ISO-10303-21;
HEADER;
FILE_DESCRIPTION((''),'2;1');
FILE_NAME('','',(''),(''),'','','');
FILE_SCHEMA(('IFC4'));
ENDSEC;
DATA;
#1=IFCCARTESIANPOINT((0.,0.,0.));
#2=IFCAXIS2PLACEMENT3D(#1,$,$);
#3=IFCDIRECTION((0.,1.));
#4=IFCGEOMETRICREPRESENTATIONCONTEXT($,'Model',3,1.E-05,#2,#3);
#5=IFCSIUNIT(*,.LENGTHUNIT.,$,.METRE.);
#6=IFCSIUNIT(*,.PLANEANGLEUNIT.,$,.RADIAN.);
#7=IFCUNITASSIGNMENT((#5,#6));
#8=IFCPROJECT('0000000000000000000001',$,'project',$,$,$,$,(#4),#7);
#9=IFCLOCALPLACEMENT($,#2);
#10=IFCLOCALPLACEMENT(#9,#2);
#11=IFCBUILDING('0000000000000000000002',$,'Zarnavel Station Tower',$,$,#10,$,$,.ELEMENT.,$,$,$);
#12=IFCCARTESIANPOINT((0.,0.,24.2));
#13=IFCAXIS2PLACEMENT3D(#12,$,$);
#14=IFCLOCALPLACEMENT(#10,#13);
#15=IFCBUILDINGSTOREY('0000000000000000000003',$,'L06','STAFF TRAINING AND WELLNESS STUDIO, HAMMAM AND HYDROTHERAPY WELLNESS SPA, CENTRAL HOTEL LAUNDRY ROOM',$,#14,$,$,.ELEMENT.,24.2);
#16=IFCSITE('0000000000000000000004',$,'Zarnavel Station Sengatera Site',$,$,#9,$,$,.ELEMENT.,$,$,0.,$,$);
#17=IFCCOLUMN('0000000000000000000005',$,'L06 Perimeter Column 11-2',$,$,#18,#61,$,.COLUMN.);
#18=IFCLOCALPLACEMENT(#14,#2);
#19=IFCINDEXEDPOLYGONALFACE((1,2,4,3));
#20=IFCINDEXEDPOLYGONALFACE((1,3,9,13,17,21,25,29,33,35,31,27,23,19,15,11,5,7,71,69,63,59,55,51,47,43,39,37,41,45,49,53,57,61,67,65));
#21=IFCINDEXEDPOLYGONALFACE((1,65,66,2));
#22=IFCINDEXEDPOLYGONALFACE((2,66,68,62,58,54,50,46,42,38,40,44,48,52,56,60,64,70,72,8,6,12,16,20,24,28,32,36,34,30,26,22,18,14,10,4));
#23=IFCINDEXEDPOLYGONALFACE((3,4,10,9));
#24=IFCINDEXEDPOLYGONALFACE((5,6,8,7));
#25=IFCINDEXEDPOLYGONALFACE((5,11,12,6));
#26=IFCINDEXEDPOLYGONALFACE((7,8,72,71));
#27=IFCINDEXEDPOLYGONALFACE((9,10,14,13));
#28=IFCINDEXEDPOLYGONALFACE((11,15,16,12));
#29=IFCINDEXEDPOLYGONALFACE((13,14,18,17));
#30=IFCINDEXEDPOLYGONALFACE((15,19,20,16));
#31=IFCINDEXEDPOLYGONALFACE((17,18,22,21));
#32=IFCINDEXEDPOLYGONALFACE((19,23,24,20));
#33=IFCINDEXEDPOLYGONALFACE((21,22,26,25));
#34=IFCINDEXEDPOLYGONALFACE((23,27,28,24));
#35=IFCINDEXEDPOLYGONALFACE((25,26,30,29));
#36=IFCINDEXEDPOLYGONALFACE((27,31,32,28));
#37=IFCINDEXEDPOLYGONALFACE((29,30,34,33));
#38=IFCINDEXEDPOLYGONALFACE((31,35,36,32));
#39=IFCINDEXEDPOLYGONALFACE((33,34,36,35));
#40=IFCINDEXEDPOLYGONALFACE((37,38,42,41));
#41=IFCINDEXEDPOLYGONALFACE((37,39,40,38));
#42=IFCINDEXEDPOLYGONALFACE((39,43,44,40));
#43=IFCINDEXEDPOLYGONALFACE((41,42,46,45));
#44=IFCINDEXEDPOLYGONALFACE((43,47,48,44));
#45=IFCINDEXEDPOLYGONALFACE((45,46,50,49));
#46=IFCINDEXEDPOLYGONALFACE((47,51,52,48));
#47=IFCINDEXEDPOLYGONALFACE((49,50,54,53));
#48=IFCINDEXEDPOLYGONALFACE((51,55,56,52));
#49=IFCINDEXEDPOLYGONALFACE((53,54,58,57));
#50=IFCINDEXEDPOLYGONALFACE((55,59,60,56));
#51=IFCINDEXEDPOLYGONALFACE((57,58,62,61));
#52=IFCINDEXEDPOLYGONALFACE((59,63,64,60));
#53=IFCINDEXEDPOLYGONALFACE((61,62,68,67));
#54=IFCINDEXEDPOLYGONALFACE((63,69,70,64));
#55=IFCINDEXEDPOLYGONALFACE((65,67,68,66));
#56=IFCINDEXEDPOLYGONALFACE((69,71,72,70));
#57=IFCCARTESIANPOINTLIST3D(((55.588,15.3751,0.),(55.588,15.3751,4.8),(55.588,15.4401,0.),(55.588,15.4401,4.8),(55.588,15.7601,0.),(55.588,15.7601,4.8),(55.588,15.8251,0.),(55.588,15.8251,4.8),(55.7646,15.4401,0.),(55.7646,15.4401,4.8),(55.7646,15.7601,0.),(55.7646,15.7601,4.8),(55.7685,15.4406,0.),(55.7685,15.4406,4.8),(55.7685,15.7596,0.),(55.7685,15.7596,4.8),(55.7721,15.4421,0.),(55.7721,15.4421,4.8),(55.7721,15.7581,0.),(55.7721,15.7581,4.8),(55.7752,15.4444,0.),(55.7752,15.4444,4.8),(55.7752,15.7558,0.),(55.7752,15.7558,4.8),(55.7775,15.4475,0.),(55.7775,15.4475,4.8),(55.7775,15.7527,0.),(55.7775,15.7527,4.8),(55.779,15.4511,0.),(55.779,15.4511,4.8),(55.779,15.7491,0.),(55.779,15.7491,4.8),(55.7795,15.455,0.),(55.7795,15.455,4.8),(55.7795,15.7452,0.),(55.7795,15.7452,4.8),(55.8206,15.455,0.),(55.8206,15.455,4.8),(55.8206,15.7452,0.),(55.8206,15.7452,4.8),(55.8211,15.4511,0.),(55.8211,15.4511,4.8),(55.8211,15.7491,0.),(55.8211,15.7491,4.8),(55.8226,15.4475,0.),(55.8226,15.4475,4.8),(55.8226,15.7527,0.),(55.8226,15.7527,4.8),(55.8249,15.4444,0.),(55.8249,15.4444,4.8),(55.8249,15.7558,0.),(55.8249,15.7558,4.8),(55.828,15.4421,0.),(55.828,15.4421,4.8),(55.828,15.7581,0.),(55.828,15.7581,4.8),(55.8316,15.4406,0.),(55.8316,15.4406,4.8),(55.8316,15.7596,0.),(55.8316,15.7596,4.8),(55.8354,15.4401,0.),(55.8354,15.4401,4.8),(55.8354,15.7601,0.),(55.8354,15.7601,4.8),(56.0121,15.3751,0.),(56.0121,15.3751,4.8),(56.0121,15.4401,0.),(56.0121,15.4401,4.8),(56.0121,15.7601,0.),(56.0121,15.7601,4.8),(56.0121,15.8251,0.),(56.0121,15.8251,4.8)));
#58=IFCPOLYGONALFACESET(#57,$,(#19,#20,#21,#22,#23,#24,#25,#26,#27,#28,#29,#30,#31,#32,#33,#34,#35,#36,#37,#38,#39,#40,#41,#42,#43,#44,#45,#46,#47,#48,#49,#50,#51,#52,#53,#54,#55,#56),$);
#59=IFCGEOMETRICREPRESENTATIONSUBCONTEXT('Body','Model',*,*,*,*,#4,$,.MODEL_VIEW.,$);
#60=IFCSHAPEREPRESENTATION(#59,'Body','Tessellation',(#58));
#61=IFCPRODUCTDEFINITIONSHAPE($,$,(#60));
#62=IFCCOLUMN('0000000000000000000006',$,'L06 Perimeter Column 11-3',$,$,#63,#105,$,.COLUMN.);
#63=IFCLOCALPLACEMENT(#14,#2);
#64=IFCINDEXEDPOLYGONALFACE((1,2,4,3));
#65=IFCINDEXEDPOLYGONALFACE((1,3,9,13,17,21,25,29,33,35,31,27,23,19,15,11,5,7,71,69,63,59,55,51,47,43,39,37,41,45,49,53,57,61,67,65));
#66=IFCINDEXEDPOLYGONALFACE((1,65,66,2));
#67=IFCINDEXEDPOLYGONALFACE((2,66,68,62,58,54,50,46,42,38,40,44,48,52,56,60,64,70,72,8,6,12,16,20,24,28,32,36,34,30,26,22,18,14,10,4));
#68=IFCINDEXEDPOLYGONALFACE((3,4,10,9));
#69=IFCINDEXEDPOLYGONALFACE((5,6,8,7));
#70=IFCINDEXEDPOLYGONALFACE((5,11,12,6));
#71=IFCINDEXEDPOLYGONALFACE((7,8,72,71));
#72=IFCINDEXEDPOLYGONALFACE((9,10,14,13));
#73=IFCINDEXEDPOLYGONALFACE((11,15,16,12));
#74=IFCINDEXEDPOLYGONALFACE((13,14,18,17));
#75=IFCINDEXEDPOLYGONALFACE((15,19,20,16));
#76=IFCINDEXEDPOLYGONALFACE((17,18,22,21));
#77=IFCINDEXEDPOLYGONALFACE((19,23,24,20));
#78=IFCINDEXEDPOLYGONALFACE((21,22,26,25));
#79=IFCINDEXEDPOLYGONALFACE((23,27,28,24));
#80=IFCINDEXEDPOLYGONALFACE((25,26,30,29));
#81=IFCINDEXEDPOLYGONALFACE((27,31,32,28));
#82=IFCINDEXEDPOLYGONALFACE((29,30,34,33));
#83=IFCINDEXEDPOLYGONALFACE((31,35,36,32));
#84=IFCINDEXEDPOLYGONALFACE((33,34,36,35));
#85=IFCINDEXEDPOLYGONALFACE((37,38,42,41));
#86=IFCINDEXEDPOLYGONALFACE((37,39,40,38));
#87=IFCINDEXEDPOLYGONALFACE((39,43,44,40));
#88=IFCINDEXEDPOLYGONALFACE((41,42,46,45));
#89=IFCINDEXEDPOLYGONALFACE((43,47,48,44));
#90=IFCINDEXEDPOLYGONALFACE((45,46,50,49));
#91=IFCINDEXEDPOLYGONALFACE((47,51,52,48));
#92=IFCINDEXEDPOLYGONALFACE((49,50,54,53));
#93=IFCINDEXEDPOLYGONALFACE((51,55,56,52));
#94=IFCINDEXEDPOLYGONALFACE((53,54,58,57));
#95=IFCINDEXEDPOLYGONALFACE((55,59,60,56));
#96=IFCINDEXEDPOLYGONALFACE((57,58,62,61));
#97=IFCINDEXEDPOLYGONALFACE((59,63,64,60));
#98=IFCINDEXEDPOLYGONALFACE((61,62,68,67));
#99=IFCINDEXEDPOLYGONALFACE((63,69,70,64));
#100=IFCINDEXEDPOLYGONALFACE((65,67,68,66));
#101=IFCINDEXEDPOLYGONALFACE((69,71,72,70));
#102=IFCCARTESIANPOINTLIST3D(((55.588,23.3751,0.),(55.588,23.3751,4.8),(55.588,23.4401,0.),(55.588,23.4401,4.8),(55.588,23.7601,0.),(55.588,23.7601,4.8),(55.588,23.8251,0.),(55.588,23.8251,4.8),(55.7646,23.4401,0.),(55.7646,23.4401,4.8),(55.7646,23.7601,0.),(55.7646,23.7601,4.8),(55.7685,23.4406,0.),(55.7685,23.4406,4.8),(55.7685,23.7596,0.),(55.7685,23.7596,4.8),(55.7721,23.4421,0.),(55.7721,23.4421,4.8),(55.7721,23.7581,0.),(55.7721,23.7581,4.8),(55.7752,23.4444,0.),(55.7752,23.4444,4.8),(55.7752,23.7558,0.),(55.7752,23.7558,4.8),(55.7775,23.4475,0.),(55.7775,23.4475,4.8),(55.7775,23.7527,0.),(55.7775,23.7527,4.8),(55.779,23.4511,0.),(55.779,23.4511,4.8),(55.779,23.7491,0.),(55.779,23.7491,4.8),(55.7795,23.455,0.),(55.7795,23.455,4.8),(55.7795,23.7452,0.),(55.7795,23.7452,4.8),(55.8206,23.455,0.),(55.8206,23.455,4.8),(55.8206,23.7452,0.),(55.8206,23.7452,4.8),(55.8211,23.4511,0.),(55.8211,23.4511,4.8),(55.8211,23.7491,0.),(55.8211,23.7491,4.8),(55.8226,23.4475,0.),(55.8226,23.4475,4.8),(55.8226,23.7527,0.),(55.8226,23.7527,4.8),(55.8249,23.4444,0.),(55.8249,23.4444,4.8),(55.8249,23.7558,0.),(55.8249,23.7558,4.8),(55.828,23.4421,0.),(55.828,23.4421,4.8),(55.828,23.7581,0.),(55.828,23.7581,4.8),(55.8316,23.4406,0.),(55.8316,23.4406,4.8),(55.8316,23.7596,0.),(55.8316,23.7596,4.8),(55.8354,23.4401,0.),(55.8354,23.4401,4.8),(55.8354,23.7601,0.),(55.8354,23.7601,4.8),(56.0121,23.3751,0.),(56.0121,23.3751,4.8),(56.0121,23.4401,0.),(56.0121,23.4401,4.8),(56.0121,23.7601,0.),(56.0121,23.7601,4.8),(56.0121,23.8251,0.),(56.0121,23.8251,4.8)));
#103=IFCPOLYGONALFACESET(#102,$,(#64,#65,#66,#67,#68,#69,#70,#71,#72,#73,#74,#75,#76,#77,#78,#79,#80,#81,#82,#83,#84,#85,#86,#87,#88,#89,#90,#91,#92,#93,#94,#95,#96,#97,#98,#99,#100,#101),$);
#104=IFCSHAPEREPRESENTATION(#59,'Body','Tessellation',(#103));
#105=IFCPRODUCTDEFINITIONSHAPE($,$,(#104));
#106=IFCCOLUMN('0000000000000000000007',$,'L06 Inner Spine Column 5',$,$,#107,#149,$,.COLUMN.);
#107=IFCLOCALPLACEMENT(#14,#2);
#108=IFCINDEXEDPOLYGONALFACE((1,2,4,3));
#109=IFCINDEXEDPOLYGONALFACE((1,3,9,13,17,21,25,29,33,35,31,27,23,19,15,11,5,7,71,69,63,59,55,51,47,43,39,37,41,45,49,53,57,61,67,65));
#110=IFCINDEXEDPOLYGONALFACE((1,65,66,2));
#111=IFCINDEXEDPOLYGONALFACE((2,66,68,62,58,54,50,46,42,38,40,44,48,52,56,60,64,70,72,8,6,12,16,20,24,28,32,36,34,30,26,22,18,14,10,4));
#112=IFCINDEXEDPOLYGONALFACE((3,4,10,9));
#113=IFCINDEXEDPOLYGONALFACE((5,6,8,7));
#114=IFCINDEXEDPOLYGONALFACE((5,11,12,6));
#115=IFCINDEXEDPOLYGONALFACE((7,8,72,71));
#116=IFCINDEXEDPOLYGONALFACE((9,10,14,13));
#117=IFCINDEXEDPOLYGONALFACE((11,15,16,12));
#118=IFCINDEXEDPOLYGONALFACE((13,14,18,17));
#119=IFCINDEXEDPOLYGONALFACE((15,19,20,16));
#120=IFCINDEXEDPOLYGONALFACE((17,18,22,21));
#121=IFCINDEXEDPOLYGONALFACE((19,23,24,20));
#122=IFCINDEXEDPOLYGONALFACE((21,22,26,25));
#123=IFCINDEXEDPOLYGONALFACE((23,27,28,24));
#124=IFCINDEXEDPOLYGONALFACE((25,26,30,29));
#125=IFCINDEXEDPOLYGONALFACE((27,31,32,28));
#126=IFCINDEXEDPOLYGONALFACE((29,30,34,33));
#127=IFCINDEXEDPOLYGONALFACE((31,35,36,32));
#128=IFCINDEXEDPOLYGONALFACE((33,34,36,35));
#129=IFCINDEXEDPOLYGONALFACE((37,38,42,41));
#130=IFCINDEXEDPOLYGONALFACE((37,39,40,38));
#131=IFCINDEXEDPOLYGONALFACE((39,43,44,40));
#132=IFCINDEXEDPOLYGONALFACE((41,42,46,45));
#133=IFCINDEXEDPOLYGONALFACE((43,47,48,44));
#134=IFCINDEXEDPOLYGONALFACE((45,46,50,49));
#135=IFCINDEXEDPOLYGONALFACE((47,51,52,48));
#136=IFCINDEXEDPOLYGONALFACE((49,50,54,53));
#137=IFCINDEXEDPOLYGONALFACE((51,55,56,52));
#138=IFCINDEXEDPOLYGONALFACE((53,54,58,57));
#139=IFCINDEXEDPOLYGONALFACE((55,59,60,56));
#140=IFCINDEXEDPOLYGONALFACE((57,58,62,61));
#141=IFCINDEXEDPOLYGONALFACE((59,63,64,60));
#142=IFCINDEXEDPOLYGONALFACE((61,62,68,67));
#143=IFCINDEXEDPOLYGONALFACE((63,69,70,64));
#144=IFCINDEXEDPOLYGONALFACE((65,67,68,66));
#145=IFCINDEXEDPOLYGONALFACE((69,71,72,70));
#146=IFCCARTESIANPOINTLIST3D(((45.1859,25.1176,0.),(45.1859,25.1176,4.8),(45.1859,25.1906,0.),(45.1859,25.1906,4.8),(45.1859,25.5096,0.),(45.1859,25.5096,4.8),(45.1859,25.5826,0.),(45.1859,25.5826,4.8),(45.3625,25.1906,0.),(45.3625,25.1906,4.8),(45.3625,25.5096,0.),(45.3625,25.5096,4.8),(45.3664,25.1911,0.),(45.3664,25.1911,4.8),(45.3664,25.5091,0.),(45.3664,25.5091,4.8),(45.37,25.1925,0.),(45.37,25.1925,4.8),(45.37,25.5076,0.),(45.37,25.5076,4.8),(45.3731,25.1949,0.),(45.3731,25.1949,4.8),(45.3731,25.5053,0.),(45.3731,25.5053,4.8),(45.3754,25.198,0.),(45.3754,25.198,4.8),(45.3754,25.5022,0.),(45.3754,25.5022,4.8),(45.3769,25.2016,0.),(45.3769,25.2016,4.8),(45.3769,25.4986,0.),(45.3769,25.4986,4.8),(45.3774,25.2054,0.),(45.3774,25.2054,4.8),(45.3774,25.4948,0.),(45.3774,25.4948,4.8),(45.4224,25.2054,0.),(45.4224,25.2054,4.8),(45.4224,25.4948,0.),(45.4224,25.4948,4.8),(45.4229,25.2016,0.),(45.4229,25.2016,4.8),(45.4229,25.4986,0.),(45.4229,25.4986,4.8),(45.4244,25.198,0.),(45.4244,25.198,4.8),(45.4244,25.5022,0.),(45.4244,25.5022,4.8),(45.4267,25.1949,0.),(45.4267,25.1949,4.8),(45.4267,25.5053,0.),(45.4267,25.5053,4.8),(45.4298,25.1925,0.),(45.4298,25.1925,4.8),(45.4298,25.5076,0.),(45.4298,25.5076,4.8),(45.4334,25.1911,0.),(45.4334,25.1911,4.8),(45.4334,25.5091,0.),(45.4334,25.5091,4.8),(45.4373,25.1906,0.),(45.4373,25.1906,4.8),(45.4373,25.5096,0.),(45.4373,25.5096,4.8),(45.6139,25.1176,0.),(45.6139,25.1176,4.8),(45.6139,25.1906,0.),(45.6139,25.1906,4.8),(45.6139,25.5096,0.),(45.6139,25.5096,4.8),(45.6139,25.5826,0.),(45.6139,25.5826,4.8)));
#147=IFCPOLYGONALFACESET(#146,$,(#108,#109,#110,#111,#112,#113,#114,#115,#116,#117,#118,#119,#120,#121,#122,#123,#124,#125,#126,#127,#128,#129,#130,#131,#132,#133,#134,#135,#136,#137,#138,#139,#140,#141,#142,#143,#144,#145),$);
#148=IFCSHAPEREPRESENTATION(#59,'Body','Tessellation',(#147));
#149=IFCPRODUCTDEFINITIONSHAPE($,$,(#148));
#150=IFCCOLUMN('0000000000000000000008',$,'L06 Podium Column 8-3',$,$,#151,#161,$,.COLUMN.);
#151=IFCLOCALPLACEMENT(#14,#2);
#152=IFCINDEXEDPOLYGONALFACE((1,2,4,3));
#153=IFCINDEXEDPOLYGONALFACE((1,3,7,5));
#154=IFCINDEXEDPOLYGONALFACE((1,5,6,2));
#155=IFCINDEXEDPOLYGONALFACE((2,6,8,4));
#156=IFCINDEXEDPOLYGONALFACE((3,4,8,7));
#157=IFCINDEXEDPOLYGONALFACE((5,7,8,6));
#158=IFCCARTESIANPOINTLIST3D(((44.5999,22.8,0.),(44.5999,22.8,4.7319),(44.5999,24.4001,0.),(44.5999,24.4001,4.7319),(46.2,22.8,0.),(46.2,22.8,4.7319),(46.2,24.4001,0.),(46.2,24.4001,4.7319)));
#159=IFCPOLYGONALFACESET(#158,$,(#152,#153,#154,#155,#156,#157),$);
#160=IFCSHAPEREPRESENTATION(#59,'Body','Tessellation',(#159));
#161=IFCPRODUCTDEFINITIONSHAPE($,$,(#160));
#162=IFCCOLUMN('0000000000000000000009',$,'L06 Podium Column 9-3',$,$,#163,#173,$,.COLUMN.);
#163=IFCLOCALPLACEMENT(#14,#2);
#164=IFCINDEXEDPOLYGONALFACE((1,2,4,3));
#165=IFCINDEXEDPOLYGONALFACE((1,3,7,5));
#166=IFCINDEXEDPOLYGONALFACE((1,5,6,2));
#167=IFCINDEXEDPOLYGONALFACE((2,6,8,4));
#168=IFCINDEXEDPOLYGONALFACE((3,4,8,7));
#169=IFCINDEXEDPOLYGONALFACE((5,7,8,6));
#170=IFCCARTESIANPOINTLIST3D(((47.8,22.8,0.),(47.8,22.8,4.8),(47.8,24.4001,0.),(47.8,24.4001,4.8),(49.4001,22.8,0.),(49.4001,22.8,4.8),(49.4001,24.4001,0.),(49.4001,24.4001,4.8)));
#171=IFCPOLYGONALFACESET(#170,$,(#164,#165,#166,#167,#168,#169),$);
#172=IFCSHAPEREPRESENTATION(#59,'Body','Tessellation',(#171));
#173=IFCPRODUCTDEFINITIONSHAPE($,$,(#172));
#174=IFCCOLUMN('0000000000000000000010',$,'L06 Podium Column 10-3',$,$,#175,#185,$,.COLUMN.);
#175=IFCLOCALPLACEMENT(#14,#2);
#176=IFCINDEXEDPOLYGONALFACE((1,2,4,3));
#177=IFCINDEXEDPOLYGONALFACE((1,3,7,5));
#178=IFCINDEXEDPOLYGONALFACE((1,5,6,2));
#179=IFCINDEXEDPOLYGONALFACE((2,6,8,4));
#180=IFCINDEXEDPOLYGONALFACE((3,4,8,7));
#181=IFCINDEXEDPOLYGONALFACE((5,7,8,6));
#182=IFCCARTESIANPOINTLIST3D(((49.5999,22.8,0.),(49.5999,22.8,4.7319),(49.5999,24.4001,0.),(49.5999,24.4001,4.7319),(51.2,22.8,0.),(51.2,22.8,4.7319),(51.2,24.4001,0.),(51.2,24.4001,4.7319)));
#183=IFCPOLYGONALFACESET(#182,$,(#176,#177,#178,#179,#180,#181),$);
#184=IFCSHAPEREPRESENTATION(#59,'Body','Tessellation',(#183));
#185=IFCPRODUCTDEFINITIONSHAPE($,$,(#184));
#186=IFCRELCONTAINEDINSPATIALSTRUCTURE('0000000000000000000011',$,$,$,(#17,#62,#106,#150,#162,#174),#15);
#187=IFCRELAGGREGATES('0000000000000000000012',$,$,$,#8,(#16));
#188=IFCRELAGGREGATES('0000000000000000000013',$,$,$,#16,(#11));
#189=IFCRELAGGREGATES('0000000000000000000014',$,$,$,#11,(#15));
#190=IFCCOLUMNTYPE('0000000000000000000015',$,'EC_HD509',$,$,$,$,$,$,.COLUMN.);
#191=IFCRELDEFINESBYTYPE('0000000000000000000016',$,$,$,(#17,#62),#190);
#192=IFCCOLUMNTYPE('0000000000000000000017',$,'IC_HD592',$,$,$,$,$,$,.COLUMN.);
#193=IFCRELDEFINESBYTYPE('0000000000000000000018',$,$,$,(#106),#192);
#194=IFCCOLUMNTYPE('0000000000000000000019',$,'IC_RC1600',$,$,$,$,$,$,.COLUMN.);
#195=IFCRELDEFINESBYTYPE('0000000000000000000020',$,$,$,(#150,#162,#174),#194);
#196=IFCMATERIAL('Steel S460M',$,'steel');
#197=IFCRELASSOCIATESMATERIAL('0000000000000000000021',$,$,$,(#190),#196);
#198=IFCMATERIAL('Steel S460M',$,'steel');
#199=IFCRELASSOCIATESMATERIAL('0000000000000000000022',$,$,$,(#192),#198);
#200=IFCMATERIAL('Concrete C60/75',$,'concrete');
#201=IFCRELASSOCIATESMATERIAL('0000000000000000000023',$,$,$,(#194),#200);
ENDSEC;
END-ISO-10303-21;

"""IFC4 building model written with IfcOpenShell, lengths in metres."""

from ifc_helpers import new_model, si_unit, direction, frame, origin, origin_2d, place, context, subcontext, project, spatial, rectangle, i_section, extrude, material, material_profile, profile_set, type_object, element, save


model = new_model("IFC4")

# Units and contexts
model_context = context("Model", 3, precision=1e-05, world=origin(), true_north=direction((0.0, 1.0)))
body_context = subcontext(model_context, "Body", "Model", "MODEL_VIEW")
ifc_project = project(units=[si_unit("LENGTHUNIT", "METRE"), si_unit("PLANEANGLEUNIT", "RADIAN")], contexts=[model_context])

# Site, building, storey
site_placement = place(None, origin())
site = spatial("IfcSite", under=ifc_project, at=site_placement, Name="Zarnavel Station Sengatera Site", CompositionType="ELEMENT", RefElevation=0.0)
building_placement = place(site_placement, origin())
building = spatial("IfcBuilding", under=site, at=building_placement, Name="Zarnavel Station Tower", CompositionType="ELEMENT")
storey_placement = place(building_placement, frame((0.0, 0.0, 24.2)))
storey = spatial("IfcBuildingStorey", under=building, at=storey_placement, Name="L06", Description="STAFF TRAINING AND WELLNESS STUDIO, HAMMAM AND HYDROTHERAPY WELLNESS SPA, CENTRAL HOTEL LAUNDRY ROOM", CompositionType="ELEMENT", Elevation=24.2)

# Columns
ifc_material_1 = material(Name="Steel S460M", Category="steel")
ifc_material_profile_1 = material_profile(ifc_material_1, i_section(OverallWidth=0.4241, OverallDepth=0.45, WebThickness=0.041, FlangeThickness=0.0649, FilletRadius=0.0149, at=origin_2d()), Name="HD400x509")
ifc_profile_set_1 = profile_set([ifc_material_profile_1], Name="Steel S460M")
column_type_1 = type_object("IfcColumnType", Name="EC_HD509", PredefinedType="COLUMN", material=ifc_profile_set_1)
for number, where, z_axis, x_axis, name in (
    (1, (55.8, 15.6001, 0.0), (0.0, 0.0, 1.0), (1.0, 0.0, 0.0), "L06 Perimeter Column 11-2"),
    (2, (55.8, 23.6001, 0.0), (0.0, 0.0, 1.0), (1.0, 0.0, 0.0), "L06 Perimeter Column 11-3"),
):
    element("IfcColumn", number, at=place(storey_placement, frame(where, z_axis=z_axis, x_axis=x_axis)), inside=storey, type_object=column_type_1, Name=name, PredefinedType="COLUMN", context=body_context, shape_type="SweptSolid", body=[
        extrude(i_section(OverallWidth=0.4241, OverallDepth=0.45, WebThickness=0.041, FlangeThickness=0.0649, FilletRadius=0.0149, at=origin_2d()), origin(), (0.0, 0.0, 1.0), 4.8),
    ])
ifc_material_2 = material(Name="Steel S460M", Category="steel")
ifc_material_profile_2 = material_profile(ifc_material_2, i_section(OverallWidth=0.428, OverallDepth=0.4651, WebThickness=0.0449, FlangeThickness=0.073, FilletRadius=0.0149, at=origin_2d()), Name="HD400x592")
ifc_profile_set_2 = profile_set([ifc_material_profile_2], Name="Steel S460M")
column_type_2 = type_object("IfcColumnType", Name="IC_HD592", PredefinedType="COLUMN", material=ifc_profile_set_2)
column_1_placement = place(storey_placement, frame((45.3999, 25.3501, 0.0), z_axis=(0.0, 0.0, 1.0), x_axis=(1.0, 0.0, 0.0)))
element("IfcColumn", 3, at=column_1_placement, inside=storey, type_object=column_type_2, Name="L06 Inner Spine Column 5", PredefinedType="COLUMN", context=body_context, shape_type="SweptSolid", body=[
    extrude(i_section(OverallWidth=0.428, OverallDepth=0.4651, WebThickness=0.0449, FlangeThickness=0.073, FilletRadius=0.0149, at=origin_2d()), origin(), (0.0, 0.0, 1.0), 4.8),
])
ifc_material_3 = material(Name="Concrete C60/75", Category="concrete")
ifc_material_profile_3 = material_profile(ifc_material_3, rectangle(XDim=1.6001, YDim=1.6001, at=origin_2d()), Name="RC1600x1600")
ifc_profile_set_3 = profile_set([ifc_material_profile_3], Name="Concrete C60/75")
column_type_3 = type_object("IfcColumnType", Name="IC_RC1600", PredefinedType="COLUMN", material=ifc_profile_set_3)
column_2_placement = place(storey_placement, frame((45.3999, 23.6001, 0.0), z_axis=(0.0, 0.0, 1.0), x_axis=(1.0, 0.0, 0.0)))
element("IfcColumn", 4, at=column_2_placement, inside=storey, type_object=column_type_3, Name="L06 Podium Column 8-3", PredefinedType="COLUMN", context=body_context, shape_type="SweptSolid", body=[
    extrude(rectangle(XDim=1.6001, YDim=1.6001, at=origin_2d()), origin(), (0.0, 0.0, 1.0), 4.7319),
])
column_3_placement = place(storey_placement, frame((48.6001, 23.6001, 0.0), z_axis=(0.0, 0.0, 1.0), x_axis=(1.0, 0.0, 0.0)))
element("IfcColumn", 5, at=column_3_placement, inside=storey, type_object=column_type_3, Name="L06 Podium Column 9-3", PredefinedType="COLUMN", context=body_context, shape_type="SweptSolid", body=[
    extrude(rectangle(XDim=1.6001, YDim=1.6001, at=origin_2d()), origin(), (0.0, 0.0, 1.0), 4.8),
])
column_4_placement = place(storey_placement, frame((50.3999, 23.6001, 0.0), z_axis=(0.0, 0.0, 1.0), x_axis=(1.0, 0.0, 0.0)))
element("IfcColumn", 6, at=column_4_placement, inside=storey, type_object=column_type_3, Name="L06 Podium Column 10-3", PredefinedType="COLUMN", context=body_context, shape_type="SweptSolid", body=[
    extrude(rectangle(XDim=1.6001, YDim=1.6001, at=origin_2d()), origin(), (0.0, 0.0, 1.0), 4.7319),
])

save(model, "model.ifc")
